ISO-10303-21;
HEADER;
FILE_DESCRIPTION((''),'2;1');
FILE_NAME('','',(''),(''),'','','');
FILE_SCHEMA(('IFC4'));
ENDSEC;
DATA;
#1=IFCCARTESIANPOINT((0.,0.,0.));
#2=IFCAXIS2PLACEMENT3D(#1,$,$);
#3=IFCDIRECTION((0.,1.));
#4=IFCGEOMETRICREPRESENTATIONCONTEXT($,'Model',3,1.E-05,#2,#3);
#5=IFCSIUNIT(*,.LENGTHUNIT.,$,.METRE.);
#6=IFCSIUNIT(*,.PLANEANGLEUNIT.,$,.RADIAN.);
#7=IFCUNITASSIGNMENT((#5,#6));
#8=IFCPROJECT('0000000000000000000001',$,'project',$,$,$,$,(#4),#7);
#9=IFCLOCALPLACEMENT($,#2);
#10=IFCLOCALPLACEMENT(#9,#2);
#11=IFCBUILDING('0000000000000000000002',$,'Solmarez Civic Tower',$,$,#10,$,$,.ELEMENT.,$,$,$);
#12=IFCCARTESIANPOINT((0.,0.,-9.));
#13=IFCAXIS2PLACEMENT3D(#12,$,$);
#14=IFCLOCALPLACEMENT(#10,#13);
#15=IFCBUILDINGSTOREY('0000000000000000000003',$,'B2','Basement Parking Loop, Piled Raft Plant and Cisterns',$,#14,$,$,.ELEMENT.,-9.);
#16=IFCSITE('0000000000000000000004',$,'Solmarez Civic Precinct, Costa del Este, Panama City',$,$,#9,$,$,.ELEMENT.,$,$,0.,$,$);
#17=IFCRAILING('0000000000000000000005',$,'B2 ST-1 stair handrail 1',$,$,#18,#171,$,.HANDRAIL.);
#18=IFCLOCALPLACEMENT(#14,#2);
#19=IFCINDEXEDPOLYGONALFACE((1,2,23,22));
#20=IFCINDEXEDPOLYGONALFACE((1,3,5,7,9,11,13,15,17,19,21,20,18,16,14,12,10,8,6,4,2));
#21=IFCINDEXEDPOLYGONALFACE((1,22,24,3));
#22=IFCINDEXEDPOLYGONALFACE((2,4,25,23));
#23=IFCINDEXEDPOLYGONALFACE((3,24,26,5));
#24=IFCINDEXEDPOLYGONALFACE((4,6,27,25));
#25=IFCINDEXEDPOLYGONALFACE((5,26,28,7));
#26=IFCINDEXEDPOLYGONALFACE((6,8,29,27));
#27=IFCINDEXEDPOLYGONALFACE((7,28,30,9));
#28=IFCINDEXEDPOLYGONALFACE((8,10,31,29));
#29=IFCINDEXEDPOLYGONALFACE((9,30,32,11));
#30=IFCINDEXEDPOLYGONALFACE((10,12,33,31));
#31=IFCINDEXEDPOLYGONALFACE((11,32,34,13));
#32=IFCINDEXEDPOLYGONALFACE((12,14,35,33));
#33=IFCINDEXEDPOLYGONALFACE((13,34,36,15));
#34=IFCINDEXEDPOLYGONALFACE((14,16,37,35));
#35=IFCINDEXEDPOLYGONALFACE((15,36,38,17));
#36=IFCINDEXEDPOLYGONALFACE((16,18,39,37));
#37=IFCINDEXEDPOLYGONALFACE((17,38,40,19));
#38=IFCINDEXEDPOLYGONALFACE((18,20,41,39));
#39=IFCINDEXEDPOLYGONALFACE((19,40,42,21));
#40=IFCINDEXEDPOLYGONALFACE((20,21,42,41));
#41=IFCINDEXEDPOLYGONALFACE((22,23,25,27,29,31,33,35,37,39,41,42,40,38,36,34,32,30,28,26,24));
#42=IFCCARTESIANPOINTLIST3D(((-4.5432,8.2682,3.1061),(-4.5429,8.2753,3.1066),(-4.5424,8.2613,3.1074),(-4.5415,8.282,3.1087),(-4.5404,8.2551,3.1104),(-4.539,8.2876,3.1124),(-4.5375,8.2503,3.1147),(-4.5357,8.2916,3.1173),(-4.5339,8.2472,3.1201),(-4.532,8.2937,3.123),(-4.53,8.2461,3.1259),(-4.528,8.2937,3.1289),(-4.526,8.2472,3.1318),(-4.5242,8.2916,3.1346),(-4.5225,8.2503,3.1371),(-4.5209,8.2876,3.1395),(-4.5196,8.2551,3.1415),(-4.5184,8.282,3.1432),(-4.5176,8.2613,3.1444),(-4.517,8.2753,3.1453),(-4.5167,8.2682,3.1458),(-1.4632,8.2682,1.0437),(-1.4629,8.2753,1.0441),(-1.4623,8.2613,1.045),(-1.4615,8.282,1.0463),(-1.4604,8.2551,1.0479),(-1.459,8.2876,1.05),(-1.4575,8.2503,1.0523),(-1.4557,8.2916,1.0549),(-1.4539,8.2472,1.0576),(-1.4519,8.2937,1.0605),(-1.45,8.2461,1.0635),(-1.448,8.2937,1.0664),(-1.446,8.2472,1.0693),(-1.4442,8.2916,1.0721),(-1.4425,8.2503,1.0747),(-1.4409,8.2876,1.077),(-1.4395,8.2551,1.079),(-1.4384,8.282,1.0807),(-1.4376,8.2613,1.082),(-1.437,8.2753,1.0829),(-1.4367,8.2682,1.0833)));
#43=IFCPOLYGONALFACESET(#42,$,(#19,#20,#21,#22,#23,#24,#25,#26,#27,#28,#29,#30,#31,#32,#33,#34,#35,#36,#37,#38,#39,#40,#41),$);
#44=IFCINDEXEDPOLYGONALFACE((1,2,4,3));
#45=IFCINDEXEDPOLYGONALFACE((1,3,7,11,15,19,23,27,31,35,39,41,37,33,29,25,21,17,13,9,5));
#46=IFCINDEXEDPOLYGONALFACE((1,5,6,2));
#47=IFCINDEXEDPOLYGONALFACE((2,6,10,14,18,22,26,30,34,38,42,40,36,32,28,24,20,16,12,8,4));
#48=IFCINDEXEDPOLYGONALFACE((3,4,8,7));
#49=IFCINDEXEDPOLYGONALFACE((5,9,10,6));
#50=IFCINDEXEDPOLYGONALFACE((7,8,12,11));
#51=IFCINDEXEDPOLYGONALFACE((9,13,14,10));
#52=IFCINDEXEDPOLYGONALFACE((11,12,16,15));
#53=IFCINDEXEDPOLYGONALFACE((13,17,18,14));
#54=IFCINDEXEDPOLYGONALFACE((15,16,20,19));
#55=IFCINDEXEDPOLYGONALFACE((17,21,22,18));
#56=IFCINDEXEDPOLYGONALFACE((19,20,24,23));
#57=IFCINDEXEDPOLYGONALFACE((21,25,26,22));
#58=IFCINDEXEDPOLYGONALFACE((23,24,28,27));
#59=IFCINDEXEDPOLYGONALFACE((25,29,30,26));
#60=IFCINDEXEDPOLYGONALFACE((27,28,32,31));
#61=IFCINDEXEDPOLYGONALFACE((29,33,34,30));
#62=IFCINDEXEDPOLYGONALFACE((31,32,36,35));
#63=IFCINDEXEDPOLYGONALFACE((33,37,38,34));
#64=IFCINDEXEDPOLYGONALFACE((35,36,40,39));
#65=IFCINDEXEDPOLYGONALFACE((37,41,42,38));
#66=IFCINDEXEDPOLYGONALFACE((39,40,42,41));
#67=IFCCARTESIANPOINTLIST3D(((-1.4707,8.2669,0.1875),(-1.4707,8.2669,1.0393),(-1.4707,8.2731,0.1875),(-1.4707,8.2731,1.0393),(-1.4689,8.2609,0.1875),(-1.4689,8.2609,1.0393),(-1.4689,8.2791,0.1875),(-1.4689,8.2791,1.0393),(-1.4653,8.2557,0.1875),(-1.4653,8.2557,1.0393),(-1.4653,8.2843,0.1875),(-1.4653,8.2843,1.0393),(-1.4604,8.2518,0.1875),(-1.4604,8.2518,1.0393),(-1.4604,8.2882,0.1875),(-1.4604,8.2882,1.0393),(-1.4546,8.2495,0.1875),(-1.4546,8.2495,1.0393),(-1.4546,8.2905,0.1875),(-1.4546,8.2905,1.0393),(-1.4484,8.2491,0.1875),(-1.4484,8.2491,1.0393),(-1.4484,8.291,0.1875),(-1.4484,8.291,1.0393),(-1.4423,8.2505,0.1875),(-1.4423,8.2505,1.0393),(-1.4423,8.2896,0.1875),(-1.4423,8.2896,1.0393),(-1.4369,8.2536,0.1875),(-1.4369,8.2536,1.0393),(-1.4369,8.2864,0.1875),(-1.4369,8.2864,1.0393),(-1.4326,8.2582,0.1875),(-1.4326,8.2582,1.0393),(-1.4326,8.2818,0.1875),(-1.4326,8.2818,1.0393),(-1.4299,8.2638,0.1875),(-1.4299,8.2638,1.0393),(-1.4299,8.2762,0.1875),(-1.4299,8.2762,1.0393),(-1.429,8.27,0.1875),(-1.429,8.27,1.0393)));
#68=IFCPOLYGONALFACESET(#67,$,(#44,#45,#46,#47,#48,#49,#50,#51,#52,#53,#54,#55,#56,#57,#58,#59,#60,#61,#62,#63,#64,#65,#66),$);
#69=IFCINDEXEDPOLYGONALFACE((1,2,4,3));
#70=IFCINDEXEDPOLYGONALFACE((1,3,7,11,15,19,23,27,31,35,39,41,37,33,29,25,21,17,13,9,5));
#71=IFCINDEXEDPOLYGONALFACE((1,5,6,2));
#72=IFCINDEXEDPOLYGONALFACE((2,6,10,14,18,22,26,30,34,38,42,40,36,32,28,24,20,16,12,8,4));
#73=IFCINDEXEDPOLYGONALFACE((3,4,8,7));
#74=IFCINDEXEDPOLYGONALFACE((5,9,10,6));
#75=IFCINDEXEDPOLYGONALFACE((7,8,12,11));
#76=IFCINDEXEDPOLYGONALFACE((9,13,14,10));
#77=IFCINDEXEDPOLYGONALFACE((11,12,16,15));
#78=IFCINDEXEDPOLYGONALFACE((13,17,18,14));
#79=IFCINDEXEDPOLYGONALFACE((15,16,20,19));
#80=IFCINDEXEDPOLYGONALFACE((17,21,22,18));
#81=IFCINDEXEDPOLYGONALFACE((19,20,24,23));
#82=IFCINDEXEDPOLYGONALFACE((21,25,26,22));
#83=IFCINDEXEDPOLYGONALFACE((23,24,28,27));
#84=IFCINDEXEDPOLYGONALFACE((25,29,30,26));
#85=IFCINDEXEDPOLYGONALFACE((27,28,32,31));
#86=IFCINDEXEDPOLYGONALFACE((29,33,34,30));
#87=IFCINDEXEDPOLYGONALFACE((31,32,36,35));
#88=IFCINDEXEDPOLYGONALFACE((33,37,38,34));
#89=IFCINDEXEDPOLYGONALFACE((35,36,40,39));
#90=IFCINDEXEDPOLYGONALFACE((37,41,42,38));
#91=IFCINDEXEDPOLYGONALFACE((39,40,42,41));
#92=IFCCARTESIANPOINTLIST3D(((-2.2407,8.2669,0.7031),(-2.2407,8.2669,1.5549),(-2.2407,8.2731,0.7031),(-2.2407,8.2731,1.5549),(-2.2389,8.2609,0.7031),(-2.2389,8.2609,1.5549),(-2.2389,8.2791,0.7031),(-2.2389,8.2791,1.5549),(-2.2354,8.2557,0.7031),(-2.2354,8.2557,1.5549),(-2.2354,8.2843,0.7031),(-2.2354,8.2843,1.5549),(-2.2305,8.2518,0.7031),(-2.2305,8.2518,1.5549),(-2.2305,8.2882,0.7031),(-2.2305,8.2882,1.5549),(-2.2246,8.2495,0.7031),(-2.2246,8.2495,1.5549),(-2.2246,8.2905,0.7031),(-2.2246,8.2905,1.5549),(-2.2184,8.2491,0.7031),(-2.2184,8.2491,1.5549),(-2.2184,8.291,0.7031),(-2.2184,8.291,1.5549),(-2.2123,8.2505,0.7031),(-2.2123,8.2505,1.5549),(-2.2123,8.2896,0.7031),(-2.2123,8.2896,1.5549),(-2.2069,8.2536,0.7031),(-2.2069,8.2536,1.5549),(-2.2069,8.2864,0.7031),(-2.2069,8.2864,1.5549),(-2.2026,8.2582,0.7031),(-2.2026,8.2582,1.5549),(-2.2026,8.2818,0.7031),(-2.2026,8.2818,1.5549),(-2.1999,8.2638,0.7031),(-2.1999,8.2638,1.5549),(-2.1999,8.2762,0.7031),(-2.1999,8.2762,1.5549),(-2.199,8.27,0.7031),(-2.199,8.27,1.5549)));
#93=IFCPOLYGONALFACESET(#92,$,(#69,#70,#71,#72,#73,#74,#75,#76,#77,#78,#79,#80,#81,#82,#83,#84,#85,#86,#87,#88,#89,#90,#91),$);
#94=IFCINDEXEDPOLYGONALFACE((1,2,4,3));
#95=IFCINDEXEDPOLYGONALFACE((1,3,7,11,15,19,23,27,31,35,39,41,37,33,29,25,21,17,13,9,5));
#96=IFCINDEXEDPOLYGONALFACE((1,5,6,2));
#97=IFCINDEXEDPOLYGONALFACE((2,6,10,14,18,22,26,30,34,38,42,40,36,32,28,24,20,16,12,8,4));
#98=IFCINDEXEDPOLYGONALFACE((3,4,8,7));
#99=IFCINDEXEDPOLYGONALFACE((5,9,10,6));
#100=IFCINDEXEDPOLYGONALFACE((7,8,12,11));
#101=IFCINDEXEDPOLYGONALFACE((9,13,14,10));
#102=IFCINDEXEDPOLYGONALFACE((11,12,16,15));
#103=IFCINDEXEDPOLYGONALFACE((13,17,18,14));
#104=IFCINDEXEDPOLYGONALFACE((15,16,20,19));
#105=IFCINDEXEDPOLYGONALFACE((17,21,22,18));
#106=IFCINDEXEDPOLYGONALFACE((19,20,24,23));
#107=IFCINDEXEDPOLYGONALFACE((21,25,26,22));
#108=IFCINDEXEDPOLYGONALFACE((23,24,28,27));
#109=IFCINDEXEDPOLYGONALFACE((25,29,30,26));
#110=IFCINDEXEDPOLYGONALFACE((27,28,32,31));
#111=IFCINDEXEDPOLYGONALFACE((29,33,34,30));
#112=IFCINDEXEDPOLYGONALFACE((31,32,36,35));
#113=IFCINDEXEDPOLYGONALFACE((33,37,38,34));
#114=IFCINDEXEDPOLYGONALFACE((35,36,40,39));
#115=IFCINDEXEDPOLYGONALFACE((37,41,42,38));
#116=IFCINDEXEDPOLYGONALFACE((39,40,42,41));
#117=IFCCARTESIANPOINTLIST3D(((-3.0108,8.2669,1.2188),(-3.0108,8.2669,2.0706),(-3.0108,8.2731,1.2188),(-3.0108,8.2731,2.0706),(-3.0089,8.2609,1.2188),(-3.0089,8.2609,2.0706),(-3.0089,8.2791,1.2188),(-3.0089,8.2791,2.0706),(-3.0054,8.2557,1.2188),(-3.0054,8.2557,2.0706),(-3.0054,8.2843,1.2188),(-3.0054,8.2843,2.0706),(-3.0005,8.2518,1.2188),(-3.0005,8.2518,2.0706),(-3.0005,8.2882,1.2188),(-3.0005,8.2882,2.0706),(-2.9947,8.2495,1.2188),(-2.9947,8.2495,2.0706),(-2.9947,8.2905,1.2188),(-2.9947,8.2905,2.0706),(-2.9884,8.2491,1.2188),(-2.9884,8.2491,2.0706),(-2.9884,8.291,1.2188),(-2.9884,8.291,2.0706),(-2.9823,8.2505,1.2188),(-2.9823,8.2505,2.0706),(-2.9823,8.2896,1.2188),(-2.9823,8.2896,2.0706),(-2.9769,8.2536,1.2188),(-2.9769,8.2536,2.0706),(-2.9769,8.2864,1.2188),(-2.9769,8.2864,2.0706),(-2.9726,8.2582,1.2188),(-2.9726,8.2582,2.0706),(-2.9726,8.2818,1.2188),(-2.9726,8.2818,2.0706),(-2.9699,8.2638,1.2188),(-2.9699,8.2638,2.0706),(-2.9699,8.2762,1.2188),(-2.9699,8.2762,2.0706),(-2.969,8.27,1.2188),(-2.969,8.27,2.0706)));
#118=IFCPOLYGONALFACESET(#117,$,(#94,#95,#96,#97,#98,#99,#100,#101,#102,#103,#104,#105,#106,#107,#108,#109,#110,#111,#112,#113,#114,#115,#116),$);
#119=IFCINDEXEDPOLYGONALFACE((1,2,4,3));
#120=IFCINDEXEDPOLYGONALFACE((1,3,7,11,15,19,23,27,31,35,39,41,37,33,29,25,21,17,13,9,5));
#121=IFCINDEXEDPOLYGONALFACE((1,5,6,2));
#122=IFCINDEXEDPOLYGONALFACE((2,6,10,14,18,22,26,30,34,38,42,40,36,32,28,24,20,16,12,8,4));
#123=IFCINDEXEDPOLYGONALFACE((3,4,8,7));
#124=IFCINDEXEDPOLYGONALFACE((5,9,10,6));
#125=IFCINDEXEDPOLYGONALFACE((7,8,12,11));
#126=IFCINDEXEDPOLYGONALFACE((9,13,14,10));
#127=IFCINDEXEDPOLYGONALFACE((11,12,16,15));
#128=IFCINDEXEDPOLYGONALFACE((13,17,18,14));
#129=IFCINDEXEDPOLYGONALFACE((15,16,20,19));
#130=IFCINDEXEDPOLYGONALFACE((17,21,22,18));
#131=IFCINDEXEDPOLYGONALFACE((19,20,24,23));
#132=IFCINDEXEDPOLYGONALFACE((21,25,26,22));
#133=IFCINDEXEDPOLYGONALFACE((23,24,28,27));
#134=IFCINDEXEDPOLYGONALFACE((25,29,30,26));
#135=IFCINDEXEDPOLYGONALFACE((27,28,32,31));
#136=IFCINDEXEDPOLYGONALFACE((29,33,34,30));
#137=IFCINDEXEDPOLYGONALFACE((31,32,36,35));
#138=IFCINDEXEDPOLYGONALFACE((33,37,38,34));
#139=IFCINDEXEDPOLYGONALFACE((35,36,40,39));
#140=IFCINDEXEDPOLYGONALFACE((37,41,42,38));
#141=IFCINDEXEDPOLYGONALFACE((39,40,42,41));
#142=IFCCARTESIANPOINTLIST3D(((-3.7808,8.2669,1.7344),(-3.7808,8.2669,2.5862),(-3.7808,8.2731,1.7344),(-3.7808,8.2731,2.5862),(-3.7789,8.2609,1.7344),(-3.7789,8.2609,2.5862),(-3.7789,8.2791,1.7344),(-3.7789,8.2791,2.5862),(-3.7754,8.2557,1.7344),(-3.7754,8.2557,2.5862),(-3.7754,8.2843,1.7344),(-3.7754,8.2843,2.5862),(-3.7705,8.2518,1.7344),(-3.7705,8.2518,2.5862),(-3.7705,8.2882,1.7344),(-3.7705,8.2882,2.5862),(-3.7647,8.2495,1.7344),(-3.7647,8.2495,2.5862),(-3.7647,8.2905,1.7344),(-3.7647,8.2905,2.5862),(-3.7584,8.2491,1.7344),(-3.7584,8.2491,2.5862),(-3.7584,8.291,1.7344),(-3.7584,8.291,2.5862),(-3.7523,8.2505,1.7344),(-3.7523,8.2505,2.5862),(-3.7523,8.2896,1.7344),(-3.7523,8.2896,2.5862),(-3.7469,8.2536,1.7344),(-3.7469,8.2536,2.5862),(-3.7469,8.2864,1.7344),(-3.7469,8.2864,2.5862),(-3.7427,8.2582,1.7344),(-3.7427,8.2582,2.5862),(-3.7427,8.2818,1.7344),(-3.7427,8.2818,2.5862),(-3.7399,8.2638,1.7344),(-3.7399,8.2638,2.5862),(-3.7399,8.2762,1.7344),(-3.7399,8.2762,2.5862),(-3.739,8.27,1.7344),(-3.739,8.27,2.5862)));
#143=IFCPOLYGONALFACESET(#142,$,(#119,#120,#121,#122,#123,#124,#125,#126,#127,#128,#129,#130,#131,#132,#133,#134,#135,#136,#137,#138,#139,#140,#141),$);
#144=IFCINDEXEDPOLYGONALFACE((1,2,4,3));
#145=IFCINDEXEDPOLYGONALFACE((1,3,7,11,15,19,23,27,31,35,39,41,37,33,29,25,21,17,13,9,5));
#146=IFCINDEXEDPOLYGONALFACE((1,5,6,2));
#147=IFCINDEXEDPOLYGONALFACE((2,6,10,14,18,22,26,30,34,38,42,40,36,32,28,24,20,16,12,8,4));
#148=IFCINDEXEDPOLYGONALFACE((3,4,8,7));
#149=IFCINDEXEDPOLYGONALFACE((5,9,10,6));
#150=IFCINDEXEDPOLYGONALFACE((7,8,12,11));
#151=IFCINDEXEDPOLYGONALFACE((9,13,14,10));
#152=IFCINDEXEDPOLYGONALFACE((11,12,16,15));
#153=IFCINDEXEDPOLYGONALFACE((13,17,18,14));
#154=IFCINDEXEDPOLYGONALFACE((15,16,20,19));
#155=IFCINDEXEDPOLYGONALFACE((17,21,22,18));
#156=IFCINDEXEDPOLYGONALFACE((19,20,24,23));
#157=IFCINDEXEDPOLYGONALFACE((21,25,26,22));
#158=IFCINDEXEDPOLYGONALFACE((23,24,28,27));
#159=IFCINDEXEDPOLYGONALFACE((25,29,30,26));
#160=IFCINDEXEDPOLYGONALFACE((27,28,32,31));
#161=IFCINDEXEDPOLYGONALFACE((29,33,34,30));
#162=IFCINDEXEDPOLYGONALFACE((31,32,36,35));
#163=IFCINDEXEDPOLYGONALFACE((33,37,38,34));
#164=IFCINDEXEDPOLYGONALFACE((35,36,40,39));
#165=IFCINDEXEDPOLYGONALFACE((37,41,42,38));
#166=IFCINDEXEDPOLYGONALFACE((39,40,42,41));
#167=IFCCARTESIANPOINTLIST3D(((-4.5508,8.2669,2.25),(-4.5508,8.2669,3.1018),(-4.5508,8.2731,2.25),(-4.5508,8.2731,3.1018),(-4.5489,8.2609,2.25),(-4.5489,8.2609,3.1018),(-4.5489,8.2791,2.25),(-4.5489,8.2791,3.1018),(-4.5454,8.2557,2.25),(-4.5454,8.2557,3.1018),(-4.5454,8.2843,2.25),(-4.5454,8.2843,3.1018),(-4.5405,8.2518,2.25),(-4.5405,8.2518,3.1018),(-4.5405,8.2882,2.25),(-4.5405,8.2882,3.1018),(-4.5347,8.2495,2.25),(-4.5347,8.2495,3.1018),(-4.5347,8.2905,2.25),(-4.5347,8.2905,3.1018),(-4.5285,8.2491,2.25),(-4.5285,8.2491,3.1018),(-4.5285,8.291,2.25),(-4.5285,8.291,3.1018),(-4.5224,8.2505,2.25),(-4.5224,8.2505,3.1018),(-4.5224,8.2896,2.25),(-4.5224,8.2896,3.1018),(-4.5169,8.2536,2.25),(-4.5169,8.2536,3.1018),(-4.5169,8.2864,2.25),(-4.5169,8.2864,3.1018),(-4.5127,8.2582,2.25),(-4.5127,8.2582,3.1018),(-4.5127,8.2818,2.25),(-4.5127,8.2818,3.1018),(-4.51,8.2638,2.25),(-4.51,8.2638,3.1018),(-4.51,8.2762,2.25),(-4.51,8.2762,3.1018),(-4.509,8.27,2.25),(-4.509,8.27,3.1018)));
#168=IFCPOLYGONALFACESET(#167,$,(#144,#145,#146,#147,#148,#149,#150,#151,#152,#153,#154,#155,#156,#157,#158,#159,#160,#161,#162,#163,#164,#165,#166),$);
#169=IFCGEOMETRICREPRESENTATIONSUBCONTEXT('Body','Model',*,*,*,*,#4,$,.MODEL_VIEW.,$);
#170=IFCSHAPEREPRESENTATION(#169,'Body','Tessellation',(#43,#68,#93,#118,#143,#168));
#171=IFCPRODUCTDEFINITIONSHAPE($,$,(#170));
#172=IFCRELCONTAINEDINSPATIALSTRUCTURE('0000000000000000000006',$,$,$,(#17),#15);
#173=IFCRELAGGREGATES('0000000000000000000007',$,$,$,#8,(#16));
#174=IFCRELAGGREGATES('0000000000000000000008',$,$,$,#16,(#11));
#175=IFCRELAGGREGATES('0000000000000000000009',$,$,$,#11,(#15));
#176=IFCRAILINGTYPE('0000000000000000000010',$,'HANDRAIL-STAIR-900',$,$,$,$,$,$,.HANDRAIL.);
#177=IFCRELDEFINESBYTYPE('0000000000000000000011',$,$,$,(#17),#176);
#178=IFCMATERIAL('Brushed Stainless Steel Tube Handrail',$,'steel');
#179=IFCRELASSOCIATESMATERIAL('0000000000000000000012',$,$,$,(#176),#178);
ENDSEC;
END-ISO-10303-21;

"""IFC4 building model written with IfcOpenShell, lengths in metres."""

from ifc_helpers import new_model, si_unit, direction, frame, origin, origin_2d, place, context, subcontext, project, spatial, circle, extrude, material, type_object, element, save


model = new_model("IFC4")

# Units and contexts
model_context = context("Model", 3, precision=1e-05, world=origin(), true_north=direction((0.0, 1.0)))
body_context = subcontext(model_context, "Body", "Model", "MODEL_VIEW")
ifc_project = project(units=[si_unit("LENGTHUNIT", "METRE"), si_unit("PLANEANGLEUNIT", "RADIAN")], contexts=[model_context])

# Site, building, storey
site_placement = place(None, origin())
site = spatial("IfcSite", under=ifc_project, at=site_placement, Name="Solmarez Civic Precinct, Costa del Este, Panama City", CompositionType="ELEMENT", RefElevation=0.0)
building_placement = place(site_placement, origin())
building = spatial("IfcBuilding", under=site, at=building_placement, Name="Solmarez Civic Tower", CompositionType="ELEMENT")
storey_placement = place(building_placement, frame((0.0, 0.0, -9.0)))
storey = spatial("IfcBuildingStorey", under=building, at=storey_placement, Name="B2", Description="Basement Parking Loop, Piled Raft Plant and Cisterns", CompositionType="ELEMENT", Elevation=-9.0)

# Railing
ifc_material_1 = material(Name="Brushed Stainless Steel Tube Handrail", Category="steel")
railing_type_1 = type_object("IfcRailingType", Name="HANDRAIL-STAIR-900", PredefinedType="HANDRAIL", material=ifc_material_1)
railing_1_placement = place(storey_placement, frame((-1.45, 8.27, 0.1875)))
element("IfcRailing", 1, at=railing_1_placement, inside=storey, type_object=railing_type_1, Name="B2 ST-1 stair handrail 1", PredefinedType="HANDRAIL", context=body_context, shape_type="SweptSolid", body=[
    extrude(circle(Radius=0.0239, at=origin_2d()), frame((0.0, 0.0, 0.876), z_axis=(-0.830914, 0.0, 0.556401), x_axis=(0.0, -1.0, 0.0)), (0.0, 0.0, 1.0), 3.7068),
    extrude(circle(Radius=0.021, at=origin_2d()), origin(), (0.0, 0.0, 1.0), 0.8518),
    extrude(circle(Radius=0.021, at=origin_2d()), frame((-0.77, 0.0, 0.5156)), (0.0, 0.0, 1.0), 0.8518),
    extrude(circle(Radius=0.021, at=origin_2d()), frame((-1.54, 0.0, 1.0312)), (0.0, 0.0, 1.0), 0.8518),
    extrude(circle(Radius=0.021, at=origin_2d()), frame((-2.3101, 0.0, 1.5469)), (0.0, 0.0, 1.0), 0.8518),
    extrude(circle(Radius=0.021, at=origin_2d()), frame((-3.0801, 0.0, 2.0625)), (0.0, 0.0, 1.0), 0.8518),
])

save(model, "model.ifc")
